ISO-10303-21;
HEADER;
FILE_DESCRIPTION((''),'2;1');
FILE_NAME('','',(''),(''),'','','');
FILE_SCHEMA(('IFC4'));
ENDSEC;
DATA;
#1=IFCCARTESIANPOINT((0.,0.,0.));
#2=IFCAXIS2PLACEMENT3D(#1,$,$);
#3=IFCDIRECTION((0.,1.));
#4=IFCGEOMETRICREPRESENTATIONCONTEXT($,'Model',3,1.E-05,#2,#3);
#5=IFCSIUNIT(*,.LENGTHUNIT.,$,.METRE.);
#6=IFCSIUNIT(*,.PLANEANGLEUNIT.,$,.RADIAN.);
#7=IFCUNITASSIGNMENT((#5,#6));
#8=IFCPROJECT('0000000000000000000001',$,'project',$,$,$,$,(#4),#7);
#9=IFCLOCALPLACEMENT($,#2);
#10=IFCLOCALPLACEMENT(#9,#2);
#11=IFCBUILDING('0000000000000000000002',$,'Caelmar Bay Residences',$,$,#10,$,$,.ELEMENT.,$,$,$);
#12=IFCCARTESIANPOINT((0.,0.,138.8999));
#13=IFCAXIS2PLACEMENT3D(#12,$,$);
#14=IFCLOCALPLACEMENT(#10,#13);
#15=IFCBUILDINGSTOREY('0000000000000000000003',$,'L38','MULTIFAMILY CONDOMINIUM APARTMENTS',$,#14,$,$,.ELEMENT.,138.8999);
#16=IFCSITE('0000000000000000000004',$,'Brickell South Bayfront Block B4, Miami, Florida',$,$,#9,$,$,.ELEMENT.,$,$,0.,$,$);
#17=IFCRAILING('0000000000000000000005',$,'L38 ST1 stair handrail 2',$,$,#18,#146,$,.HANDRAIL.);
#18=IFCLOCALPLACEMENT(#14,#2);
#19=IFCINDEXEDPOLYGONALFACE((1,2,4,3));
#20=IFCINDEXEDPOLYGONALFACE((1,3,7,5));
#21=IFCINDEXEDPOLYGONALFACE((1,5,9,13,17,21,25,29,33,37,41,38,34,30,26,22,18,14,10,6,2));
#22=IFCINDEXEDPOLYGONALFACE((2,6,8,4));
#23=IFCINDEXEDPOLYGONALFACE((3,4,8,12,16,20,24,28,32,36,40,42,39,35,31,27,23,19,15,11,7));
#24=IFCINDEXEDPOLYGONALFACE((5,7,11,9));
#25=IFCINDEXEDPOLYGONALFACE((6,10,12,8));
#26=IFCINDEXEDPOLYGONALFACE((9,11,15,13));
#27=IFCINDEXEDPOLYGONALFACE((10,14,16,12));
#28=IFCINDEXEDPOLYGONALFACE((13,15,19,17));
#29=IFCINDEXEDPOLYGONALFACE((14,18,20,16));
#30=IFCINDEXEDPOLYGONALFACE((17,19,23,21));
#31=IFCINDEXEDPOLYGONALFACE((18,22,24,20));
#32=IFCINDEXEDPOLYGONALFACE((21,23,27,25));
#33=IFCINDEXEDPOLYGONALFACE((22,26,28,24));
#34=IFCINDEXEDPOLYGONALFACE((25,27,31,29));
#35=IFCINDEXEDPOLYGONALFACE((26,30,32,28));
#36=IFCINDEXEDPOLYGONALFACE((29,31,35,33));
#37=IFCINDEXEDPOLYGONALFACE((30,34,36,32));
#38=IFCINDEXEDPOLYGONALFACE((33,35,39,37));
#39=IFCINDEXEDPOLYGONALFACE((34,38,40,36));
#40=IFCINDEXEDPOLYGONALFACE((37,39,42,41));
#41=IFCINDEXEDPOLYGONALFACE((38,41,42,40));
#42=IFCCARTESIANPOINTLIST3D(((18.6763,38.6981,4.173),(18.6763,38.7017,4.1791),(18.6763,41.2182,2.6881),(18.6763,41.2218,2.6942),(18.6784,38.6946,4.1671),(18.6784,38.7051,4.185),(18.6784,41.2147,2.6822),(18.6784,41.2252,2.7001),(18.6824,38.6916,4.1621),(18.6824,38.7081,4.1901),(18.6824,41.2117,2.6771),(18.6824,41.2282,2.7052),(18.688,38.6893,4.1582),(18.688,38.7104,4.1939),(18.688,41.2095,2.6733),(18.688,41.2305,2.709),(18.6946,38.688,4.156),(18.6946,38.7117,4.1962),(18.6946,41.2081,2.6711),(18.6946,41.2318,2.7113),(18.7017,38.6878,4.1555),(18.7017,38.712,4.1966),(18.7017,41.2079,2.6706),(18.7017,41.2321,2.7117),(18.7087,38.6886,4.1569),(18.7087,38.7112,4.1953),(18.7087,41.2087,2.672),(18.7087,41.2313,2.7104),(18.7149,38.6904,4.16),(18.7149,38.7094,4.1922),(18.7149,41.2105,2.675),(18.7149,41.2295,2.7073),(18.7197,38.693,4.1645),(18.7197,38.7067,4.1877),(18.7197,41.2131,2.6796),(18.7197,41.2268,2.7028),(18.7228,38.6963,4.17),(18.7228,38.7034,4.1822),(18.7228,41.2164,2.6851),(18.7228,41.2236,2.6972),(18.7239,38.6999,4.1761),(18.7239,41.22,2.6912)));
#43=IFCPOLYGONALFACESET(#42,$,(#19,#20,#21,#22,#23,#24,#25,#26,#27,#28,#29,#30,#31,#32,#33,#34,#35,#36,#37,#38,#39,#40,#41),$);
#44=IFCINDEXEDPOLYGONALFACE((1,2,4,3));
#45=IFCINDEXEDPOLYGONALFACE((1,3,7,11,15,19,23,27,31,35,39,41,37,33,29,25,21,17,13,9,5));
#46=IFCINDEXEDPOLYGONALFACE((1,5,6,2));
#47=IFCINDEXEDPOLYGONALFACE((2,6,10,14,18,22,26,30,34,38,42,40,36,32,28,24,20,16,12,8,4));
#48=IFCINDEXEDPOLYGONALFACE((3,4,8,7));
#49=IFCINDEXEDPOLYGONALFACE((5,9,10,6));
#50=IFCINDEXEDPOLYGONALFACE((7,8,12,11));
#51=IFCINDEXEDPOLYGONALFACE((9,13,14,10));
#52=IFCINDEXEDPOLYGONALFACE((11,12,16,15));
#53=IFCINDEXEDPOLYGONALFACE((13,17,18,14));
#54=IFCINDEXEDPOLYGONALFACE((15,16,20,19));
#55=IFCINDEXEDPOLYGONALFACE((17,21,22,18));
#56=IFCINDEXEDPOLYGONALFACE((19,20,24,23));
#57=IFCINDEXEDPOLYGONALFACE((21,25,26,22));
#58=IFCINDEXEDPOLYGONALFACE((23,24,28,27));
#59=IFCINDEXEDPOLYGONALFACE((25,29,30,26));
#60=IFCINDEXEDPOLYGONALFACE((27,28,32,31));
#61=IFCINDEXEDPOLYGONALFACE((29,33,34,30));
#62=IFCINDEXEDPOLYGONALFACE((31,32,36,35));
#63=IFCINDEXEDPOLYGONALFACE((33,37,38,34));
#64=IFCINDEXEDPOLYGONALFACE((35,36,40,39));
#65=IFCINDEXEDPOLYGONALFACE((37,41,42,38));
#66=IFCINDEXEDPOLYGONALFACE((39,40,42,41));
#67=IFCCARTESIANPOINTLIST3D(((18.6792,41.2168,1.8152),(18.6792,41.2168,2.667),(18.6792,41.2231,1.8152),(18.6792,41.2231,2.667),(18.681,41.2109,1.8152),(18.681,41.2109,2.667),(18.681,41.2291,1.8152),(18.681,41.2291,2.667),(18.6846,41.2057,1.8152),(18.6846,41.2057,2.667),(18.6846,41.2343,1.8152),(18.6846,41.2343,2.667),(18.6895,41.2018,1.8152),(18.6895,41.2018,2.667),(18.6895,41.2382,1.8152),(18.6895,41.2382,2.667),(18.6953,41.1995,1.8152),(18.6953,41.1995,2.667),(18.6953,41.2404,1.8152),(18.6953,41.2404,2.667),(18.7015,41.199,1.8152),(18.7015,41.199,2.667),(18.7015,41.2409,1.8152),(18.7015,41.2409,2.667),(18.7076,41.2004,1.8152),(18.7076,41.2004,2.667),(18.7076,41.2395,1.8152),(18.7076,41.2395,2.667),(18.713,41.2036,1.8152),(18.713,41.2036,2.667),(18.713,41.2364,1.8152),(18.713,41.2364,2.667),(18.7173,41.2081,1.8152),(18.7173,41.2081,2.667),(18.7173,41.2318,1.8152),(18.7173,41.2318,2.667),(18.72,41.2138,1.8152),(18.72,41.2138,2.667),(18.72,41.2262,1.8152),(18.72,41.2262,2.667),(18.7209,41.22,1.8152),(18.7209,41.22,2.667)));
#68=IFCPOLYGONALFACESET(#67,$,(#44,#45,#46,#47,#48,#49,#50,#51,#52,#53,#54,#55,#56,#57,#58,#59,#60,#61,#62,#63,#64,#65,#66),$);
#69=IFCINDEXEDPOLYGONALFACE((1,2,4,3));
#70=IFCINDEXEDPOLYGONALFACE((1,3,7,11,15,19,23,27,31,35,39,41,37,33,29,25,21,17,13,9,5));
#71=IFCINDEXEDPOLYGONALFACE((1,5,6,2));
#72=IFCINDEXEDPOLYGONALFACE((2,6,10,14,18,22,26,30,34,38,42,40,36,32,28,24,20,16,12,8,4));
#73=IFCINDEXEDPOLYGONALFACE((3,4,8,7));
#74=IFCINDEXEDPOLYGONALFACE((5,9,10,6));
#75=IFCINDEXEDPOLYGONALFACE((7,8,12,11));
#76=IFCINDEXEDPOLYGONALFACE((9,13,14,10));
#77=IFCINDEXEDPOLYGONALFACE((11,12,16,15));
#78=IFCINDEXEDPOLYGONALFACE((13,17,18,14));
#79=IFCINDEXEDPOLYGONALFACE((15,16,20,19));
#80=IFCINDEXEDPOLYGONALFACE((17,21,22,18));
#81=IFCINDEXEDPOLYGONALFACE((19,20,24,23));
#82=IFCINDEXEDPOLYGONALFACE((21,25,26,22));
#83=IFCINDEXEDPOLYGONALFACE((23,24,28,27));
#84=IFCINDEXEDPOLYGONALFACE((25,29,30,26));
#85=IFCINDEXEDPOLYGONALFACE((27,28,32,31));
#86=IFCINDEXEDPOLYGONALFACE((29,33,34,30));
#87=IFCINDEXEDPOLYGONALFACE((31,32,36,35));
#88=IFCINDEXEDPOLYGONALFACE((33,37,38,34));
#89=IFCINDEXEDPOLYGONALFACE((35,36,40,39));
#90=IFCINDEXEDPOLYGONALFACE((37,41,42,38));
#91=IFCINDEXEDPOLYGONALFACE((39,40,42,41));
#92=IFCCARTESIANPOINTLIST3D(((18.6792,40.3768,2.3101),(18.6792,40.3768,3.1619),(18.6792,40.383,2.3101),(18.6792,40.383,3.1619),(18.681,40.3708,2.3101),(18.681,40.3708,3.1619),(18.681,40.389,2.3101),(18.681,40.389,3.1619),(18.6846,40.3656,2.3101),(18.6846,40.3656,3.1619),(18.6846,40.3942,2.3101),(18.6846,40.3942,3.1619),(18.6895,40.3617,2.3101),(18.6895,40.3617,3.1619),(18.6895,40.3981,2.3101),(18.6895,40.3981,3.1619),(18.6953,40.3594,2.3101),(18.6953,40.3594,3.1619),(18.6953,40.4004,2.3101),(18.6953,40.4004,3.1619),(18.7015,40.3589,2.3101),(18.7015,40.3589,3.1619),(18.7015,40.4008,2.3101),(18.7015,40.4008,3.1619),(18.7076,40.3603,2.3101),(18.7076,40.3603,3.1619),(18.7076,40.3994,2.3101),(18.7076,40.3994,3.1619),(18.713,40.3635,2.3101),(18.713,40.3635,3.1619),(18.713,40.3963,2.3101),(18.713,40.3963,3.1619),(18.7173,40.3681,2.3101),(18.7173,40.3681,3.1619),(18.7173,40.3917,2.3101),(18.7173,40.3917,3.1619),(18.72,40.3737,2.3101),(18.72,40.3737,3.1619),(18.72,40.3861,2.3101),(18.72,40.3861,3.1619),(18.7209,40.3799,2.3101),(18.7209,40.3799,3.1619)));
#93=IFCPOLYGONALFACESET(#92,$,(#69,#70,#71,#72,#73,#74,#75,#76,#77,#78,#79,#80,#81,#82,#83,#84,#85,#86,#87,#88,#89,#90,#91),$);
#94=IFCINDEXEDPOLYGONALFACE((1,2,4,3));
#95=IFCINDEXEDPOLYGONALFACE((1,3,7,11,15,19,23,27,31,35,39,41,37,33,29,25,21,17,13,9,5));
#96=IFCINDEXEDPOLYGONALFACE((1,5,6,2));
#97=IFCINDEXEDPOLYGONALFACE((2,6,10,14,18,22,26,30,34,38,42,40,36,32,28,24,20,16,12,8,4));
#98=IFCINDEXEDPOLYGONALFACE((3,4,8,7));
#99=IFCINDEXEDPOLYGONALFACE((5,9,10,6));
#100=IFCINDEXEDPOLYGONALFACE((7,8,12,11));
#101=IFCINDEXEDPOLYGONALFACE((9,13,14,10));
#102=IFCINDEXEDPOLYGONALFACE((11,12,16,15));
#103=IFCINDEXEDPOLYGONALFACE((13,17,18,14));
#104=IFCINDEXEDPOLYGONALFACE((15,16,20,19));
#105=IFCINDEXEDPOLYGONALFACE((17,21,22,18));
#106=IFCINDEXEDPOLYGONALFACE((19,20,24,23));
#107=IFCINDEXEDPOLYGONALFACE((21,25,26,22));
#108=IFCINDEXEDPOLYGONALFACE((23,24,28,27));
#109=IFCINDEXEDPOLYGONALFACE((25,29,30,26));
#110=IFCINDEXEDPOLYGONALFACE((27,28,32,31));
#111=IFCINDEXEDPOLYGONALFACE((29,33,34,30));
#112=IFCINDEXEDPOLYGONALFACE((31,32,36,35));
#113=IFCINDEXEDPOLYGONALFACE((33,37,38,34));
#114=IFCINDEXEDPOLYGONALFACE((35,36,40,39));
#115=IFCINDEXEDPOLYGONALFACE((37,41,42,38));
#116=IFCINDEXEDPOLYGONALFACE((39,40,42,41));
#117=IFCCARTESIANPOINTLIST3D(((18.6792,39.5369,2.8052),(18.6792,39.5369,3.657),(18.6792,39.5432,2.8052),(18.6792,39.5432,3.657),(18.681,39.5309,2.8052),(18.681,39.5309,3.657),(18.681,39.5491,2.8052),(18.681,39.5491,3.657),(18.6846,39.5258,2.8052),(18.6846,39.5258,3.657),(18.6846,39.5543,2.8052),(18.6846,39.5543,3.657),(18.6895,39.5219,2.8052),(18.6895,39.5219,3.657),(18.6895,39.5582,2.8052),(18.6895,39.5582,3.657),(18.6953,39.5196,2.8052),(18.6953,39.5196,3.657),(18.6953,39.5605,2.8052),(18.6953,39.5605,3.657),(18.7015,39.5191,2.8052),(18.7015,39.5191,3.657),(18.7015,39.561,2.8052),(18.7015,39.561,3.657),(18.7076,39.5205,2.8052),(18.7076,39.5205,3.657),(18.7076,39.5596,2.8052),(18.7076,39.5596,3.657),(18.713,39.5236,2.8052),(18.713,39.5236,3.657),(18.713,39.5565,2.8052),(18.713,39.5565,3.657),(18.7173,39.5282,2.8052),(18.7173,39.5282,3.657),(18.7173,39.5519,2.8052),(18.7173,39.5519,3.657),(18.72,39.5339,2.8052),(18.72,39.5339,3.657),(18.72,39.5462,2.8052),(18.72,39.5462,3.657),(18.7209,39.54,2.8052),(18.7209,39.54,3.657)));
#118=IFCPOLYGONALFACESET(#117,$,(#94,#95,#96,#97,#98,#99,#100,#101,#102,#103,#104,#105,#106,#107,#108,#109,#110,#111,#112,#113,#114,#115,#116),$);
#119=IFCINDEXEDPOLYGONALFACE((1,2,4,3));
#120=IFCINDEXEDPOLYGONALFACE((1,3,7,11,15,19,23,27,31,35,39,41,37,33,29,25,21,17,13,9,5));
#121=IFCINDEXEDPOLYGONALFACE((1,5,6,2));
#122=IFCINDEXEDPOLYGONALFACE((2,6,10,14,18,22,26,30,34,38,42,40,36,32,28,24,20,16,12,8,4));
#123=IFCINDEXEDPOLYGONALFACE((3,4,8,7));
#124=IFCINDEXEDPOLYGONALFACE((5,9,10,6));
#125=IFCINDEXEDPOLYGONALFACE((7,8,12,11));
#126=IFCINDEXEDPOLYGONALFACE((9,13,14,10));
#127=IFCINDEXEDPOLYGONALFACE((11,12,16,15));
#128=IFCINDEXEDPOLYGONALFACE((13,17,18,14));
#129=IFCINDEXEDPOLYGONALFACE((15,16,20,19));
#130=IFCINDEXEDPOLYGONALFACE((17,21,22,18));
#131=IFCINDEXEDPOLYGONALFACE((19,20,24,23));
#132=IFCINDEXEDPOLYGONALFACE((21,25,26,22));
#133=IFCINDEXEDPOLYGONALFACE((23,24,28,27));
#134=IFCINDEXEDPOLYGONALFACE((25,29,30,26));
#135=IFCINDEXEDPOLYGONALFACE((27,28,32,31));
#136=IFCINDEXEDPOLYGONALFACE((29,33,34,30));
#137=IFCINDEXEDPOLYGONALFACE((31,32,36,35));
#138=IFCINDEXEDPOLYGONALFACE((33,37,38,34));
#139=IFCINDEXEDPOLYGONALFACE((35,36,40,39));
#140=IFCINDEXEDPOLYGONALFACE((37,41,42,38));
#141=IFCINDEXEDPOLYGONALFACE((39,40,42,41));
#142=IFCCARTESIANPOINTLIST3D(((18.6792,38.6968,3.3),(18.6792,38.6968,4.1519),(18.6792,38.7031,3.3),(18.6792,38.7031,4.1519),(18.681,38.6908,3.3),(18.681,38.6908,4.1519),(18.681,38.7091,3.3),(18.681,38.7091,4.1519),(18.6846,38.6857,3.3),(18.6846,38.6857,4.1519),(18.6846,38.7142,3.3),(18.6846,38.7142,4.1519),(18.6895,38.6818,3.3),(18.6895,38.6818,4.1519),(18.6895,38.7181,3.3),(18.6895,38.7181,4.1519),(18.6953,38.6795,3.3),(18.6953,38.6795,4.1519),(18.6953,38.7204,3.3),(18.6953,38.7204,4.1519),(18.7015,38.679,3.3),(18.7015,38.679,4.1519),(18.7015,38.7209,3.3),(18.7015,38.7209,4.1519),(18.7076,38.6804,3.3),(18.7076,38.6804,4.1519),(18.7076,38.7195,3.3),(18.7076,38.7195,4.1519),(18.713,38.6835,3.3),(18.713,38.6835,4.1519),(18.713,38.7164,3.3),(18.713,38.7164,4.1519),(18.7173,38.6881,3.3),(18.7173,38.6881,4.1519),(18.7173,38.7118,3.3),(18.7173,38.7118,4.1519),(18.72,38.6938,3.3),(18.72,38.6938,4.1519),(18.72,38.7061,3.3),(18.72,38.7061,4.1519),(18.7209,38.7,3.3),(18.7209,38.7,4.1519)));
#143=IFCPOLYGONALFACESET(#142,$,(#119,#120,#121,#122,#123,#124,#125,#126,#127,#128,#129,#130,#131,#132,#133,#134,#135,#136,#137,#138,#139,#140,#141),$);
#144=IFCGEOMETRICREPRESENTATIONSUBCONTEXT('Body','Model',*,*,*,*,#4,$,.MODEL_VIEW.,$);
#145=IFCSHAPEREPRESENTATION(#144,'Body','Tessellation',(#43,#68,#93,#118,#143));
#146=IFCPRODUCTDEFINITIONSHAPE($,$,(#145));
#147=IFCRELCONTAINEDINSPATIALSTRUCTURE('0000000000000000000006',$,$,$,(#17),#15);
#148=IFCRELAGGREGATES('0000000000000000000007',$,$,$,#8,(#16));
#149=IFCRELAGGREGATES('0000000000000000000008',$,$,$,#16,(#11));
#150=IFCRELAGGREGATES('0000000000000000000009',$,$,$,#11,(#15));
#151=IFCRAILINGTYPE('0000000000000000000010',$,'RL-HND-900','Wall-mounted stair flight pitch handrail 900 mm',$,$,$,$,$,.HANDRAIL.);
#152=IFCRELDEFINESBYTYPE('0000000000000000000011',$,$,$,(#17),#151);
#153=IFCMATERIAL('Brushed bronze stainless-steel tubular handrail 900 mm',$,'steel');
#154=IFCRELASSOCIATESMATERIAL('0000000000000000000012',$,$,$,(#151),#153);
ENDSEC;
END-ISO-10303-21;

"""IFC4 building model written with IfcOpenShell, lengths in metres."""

from ifc_helpers import new_model, si_unit, direction, frame, origin, origin_2d, place, context, subcontext, project, spatial, circle, extrude, material, type_object, element, save


model = new_model("IFC4")

# Units and contexts
model_context = context("Model", 3, precision=1e-05, world=origin(), true_north=direction((0.0, 1.0)))
body_context = subcontext(model_context, "Body", "Model", "MODEL_VIEW")
ifc_project = project(units=[si_unit("LENGTHUNIT", "METRE"), si_unit("PLANEANGLEUNIT", "RADIAN")], contexts=[model_context])

# Site, building, storey
site_placement = place(None, origin())
site = spatial("IfcSite", under=ifc_project, at=site_placement, Name="Brickell South Bayfront Block B4, Miami, Florida", CompositionType="ELEMENT", RefElevation=0.0)
building_placement = place(site_placement, origin())
building = spatial("IfcBuilding", under=site, at=building_placement, Name="Caelmar Bay Residences", CompositionType="ELEMENT")
storey_placement = place(building_placement, frame((0.0, 0.0, 138.8999)))
storey = spatial("IfcBuildingStorey", under=building, at=storey_placement, Name="L38", Description="MULTIFAMILY CONDOMINIUM APARTMENTS", CompositionType="ELEMENT", Elevation=138.8999)

# Railing
ifc_material_1 = material(Name="Brushed bronze stainless-steel tubular handrail 900 mm", Category="steel")
railing_type_1 = type_object("IfcRailingType", Name="RL-HND-900", Description="Wall-mounted stair flight pitch handrail 900 mm", PredefinedType="HANDRAIL", material=ifc_material_1)
railing_1_placement = place(storey_placement, frame((18.7, 41.22, 1.8152)))
element("IfcRailing", 1, at=railing_1_placement, inside=storey, type_object=railing_type_1, Name="L38 ST1 stair handrail 2", PredefinedType="HANDRAIL", context=body_context, shape_type="SweptSolid", body=[
    extrude(circle(Radius=0.0239, at=origin_2d()), frame((0.0, 0.0, 0.876), z_axis=(0.0, -0.861561, 0.507655), x_axis=(1.0, 0.0, 0.0)), (0.0, 0.0, 1.0), 2.925),
    extrude(circle(Radius=0.021, at=origin_2d()), origin(), (0.0, 0.0, 1.0), 0.8518),
    extrude(circle(Radius=0.021, at=origin_2d()), frame((0.0, -0.8401, 0.4949)), (0.0, 0.0, 1.0), 0.8518),
    extrude(circle(Radius=0.021, at=origin_2d()), frame((0.0, -1.6799, 0.99)), (0.0, 0.0, 1.0), 0.8518),
    extrude(circle(Radius=0.021, at=origin_2d()), frame((0.0, -2.52, 1.4849)), (0.0, 0.0, 1.0), 0.8518),
])

save(model, "model.ifc")
